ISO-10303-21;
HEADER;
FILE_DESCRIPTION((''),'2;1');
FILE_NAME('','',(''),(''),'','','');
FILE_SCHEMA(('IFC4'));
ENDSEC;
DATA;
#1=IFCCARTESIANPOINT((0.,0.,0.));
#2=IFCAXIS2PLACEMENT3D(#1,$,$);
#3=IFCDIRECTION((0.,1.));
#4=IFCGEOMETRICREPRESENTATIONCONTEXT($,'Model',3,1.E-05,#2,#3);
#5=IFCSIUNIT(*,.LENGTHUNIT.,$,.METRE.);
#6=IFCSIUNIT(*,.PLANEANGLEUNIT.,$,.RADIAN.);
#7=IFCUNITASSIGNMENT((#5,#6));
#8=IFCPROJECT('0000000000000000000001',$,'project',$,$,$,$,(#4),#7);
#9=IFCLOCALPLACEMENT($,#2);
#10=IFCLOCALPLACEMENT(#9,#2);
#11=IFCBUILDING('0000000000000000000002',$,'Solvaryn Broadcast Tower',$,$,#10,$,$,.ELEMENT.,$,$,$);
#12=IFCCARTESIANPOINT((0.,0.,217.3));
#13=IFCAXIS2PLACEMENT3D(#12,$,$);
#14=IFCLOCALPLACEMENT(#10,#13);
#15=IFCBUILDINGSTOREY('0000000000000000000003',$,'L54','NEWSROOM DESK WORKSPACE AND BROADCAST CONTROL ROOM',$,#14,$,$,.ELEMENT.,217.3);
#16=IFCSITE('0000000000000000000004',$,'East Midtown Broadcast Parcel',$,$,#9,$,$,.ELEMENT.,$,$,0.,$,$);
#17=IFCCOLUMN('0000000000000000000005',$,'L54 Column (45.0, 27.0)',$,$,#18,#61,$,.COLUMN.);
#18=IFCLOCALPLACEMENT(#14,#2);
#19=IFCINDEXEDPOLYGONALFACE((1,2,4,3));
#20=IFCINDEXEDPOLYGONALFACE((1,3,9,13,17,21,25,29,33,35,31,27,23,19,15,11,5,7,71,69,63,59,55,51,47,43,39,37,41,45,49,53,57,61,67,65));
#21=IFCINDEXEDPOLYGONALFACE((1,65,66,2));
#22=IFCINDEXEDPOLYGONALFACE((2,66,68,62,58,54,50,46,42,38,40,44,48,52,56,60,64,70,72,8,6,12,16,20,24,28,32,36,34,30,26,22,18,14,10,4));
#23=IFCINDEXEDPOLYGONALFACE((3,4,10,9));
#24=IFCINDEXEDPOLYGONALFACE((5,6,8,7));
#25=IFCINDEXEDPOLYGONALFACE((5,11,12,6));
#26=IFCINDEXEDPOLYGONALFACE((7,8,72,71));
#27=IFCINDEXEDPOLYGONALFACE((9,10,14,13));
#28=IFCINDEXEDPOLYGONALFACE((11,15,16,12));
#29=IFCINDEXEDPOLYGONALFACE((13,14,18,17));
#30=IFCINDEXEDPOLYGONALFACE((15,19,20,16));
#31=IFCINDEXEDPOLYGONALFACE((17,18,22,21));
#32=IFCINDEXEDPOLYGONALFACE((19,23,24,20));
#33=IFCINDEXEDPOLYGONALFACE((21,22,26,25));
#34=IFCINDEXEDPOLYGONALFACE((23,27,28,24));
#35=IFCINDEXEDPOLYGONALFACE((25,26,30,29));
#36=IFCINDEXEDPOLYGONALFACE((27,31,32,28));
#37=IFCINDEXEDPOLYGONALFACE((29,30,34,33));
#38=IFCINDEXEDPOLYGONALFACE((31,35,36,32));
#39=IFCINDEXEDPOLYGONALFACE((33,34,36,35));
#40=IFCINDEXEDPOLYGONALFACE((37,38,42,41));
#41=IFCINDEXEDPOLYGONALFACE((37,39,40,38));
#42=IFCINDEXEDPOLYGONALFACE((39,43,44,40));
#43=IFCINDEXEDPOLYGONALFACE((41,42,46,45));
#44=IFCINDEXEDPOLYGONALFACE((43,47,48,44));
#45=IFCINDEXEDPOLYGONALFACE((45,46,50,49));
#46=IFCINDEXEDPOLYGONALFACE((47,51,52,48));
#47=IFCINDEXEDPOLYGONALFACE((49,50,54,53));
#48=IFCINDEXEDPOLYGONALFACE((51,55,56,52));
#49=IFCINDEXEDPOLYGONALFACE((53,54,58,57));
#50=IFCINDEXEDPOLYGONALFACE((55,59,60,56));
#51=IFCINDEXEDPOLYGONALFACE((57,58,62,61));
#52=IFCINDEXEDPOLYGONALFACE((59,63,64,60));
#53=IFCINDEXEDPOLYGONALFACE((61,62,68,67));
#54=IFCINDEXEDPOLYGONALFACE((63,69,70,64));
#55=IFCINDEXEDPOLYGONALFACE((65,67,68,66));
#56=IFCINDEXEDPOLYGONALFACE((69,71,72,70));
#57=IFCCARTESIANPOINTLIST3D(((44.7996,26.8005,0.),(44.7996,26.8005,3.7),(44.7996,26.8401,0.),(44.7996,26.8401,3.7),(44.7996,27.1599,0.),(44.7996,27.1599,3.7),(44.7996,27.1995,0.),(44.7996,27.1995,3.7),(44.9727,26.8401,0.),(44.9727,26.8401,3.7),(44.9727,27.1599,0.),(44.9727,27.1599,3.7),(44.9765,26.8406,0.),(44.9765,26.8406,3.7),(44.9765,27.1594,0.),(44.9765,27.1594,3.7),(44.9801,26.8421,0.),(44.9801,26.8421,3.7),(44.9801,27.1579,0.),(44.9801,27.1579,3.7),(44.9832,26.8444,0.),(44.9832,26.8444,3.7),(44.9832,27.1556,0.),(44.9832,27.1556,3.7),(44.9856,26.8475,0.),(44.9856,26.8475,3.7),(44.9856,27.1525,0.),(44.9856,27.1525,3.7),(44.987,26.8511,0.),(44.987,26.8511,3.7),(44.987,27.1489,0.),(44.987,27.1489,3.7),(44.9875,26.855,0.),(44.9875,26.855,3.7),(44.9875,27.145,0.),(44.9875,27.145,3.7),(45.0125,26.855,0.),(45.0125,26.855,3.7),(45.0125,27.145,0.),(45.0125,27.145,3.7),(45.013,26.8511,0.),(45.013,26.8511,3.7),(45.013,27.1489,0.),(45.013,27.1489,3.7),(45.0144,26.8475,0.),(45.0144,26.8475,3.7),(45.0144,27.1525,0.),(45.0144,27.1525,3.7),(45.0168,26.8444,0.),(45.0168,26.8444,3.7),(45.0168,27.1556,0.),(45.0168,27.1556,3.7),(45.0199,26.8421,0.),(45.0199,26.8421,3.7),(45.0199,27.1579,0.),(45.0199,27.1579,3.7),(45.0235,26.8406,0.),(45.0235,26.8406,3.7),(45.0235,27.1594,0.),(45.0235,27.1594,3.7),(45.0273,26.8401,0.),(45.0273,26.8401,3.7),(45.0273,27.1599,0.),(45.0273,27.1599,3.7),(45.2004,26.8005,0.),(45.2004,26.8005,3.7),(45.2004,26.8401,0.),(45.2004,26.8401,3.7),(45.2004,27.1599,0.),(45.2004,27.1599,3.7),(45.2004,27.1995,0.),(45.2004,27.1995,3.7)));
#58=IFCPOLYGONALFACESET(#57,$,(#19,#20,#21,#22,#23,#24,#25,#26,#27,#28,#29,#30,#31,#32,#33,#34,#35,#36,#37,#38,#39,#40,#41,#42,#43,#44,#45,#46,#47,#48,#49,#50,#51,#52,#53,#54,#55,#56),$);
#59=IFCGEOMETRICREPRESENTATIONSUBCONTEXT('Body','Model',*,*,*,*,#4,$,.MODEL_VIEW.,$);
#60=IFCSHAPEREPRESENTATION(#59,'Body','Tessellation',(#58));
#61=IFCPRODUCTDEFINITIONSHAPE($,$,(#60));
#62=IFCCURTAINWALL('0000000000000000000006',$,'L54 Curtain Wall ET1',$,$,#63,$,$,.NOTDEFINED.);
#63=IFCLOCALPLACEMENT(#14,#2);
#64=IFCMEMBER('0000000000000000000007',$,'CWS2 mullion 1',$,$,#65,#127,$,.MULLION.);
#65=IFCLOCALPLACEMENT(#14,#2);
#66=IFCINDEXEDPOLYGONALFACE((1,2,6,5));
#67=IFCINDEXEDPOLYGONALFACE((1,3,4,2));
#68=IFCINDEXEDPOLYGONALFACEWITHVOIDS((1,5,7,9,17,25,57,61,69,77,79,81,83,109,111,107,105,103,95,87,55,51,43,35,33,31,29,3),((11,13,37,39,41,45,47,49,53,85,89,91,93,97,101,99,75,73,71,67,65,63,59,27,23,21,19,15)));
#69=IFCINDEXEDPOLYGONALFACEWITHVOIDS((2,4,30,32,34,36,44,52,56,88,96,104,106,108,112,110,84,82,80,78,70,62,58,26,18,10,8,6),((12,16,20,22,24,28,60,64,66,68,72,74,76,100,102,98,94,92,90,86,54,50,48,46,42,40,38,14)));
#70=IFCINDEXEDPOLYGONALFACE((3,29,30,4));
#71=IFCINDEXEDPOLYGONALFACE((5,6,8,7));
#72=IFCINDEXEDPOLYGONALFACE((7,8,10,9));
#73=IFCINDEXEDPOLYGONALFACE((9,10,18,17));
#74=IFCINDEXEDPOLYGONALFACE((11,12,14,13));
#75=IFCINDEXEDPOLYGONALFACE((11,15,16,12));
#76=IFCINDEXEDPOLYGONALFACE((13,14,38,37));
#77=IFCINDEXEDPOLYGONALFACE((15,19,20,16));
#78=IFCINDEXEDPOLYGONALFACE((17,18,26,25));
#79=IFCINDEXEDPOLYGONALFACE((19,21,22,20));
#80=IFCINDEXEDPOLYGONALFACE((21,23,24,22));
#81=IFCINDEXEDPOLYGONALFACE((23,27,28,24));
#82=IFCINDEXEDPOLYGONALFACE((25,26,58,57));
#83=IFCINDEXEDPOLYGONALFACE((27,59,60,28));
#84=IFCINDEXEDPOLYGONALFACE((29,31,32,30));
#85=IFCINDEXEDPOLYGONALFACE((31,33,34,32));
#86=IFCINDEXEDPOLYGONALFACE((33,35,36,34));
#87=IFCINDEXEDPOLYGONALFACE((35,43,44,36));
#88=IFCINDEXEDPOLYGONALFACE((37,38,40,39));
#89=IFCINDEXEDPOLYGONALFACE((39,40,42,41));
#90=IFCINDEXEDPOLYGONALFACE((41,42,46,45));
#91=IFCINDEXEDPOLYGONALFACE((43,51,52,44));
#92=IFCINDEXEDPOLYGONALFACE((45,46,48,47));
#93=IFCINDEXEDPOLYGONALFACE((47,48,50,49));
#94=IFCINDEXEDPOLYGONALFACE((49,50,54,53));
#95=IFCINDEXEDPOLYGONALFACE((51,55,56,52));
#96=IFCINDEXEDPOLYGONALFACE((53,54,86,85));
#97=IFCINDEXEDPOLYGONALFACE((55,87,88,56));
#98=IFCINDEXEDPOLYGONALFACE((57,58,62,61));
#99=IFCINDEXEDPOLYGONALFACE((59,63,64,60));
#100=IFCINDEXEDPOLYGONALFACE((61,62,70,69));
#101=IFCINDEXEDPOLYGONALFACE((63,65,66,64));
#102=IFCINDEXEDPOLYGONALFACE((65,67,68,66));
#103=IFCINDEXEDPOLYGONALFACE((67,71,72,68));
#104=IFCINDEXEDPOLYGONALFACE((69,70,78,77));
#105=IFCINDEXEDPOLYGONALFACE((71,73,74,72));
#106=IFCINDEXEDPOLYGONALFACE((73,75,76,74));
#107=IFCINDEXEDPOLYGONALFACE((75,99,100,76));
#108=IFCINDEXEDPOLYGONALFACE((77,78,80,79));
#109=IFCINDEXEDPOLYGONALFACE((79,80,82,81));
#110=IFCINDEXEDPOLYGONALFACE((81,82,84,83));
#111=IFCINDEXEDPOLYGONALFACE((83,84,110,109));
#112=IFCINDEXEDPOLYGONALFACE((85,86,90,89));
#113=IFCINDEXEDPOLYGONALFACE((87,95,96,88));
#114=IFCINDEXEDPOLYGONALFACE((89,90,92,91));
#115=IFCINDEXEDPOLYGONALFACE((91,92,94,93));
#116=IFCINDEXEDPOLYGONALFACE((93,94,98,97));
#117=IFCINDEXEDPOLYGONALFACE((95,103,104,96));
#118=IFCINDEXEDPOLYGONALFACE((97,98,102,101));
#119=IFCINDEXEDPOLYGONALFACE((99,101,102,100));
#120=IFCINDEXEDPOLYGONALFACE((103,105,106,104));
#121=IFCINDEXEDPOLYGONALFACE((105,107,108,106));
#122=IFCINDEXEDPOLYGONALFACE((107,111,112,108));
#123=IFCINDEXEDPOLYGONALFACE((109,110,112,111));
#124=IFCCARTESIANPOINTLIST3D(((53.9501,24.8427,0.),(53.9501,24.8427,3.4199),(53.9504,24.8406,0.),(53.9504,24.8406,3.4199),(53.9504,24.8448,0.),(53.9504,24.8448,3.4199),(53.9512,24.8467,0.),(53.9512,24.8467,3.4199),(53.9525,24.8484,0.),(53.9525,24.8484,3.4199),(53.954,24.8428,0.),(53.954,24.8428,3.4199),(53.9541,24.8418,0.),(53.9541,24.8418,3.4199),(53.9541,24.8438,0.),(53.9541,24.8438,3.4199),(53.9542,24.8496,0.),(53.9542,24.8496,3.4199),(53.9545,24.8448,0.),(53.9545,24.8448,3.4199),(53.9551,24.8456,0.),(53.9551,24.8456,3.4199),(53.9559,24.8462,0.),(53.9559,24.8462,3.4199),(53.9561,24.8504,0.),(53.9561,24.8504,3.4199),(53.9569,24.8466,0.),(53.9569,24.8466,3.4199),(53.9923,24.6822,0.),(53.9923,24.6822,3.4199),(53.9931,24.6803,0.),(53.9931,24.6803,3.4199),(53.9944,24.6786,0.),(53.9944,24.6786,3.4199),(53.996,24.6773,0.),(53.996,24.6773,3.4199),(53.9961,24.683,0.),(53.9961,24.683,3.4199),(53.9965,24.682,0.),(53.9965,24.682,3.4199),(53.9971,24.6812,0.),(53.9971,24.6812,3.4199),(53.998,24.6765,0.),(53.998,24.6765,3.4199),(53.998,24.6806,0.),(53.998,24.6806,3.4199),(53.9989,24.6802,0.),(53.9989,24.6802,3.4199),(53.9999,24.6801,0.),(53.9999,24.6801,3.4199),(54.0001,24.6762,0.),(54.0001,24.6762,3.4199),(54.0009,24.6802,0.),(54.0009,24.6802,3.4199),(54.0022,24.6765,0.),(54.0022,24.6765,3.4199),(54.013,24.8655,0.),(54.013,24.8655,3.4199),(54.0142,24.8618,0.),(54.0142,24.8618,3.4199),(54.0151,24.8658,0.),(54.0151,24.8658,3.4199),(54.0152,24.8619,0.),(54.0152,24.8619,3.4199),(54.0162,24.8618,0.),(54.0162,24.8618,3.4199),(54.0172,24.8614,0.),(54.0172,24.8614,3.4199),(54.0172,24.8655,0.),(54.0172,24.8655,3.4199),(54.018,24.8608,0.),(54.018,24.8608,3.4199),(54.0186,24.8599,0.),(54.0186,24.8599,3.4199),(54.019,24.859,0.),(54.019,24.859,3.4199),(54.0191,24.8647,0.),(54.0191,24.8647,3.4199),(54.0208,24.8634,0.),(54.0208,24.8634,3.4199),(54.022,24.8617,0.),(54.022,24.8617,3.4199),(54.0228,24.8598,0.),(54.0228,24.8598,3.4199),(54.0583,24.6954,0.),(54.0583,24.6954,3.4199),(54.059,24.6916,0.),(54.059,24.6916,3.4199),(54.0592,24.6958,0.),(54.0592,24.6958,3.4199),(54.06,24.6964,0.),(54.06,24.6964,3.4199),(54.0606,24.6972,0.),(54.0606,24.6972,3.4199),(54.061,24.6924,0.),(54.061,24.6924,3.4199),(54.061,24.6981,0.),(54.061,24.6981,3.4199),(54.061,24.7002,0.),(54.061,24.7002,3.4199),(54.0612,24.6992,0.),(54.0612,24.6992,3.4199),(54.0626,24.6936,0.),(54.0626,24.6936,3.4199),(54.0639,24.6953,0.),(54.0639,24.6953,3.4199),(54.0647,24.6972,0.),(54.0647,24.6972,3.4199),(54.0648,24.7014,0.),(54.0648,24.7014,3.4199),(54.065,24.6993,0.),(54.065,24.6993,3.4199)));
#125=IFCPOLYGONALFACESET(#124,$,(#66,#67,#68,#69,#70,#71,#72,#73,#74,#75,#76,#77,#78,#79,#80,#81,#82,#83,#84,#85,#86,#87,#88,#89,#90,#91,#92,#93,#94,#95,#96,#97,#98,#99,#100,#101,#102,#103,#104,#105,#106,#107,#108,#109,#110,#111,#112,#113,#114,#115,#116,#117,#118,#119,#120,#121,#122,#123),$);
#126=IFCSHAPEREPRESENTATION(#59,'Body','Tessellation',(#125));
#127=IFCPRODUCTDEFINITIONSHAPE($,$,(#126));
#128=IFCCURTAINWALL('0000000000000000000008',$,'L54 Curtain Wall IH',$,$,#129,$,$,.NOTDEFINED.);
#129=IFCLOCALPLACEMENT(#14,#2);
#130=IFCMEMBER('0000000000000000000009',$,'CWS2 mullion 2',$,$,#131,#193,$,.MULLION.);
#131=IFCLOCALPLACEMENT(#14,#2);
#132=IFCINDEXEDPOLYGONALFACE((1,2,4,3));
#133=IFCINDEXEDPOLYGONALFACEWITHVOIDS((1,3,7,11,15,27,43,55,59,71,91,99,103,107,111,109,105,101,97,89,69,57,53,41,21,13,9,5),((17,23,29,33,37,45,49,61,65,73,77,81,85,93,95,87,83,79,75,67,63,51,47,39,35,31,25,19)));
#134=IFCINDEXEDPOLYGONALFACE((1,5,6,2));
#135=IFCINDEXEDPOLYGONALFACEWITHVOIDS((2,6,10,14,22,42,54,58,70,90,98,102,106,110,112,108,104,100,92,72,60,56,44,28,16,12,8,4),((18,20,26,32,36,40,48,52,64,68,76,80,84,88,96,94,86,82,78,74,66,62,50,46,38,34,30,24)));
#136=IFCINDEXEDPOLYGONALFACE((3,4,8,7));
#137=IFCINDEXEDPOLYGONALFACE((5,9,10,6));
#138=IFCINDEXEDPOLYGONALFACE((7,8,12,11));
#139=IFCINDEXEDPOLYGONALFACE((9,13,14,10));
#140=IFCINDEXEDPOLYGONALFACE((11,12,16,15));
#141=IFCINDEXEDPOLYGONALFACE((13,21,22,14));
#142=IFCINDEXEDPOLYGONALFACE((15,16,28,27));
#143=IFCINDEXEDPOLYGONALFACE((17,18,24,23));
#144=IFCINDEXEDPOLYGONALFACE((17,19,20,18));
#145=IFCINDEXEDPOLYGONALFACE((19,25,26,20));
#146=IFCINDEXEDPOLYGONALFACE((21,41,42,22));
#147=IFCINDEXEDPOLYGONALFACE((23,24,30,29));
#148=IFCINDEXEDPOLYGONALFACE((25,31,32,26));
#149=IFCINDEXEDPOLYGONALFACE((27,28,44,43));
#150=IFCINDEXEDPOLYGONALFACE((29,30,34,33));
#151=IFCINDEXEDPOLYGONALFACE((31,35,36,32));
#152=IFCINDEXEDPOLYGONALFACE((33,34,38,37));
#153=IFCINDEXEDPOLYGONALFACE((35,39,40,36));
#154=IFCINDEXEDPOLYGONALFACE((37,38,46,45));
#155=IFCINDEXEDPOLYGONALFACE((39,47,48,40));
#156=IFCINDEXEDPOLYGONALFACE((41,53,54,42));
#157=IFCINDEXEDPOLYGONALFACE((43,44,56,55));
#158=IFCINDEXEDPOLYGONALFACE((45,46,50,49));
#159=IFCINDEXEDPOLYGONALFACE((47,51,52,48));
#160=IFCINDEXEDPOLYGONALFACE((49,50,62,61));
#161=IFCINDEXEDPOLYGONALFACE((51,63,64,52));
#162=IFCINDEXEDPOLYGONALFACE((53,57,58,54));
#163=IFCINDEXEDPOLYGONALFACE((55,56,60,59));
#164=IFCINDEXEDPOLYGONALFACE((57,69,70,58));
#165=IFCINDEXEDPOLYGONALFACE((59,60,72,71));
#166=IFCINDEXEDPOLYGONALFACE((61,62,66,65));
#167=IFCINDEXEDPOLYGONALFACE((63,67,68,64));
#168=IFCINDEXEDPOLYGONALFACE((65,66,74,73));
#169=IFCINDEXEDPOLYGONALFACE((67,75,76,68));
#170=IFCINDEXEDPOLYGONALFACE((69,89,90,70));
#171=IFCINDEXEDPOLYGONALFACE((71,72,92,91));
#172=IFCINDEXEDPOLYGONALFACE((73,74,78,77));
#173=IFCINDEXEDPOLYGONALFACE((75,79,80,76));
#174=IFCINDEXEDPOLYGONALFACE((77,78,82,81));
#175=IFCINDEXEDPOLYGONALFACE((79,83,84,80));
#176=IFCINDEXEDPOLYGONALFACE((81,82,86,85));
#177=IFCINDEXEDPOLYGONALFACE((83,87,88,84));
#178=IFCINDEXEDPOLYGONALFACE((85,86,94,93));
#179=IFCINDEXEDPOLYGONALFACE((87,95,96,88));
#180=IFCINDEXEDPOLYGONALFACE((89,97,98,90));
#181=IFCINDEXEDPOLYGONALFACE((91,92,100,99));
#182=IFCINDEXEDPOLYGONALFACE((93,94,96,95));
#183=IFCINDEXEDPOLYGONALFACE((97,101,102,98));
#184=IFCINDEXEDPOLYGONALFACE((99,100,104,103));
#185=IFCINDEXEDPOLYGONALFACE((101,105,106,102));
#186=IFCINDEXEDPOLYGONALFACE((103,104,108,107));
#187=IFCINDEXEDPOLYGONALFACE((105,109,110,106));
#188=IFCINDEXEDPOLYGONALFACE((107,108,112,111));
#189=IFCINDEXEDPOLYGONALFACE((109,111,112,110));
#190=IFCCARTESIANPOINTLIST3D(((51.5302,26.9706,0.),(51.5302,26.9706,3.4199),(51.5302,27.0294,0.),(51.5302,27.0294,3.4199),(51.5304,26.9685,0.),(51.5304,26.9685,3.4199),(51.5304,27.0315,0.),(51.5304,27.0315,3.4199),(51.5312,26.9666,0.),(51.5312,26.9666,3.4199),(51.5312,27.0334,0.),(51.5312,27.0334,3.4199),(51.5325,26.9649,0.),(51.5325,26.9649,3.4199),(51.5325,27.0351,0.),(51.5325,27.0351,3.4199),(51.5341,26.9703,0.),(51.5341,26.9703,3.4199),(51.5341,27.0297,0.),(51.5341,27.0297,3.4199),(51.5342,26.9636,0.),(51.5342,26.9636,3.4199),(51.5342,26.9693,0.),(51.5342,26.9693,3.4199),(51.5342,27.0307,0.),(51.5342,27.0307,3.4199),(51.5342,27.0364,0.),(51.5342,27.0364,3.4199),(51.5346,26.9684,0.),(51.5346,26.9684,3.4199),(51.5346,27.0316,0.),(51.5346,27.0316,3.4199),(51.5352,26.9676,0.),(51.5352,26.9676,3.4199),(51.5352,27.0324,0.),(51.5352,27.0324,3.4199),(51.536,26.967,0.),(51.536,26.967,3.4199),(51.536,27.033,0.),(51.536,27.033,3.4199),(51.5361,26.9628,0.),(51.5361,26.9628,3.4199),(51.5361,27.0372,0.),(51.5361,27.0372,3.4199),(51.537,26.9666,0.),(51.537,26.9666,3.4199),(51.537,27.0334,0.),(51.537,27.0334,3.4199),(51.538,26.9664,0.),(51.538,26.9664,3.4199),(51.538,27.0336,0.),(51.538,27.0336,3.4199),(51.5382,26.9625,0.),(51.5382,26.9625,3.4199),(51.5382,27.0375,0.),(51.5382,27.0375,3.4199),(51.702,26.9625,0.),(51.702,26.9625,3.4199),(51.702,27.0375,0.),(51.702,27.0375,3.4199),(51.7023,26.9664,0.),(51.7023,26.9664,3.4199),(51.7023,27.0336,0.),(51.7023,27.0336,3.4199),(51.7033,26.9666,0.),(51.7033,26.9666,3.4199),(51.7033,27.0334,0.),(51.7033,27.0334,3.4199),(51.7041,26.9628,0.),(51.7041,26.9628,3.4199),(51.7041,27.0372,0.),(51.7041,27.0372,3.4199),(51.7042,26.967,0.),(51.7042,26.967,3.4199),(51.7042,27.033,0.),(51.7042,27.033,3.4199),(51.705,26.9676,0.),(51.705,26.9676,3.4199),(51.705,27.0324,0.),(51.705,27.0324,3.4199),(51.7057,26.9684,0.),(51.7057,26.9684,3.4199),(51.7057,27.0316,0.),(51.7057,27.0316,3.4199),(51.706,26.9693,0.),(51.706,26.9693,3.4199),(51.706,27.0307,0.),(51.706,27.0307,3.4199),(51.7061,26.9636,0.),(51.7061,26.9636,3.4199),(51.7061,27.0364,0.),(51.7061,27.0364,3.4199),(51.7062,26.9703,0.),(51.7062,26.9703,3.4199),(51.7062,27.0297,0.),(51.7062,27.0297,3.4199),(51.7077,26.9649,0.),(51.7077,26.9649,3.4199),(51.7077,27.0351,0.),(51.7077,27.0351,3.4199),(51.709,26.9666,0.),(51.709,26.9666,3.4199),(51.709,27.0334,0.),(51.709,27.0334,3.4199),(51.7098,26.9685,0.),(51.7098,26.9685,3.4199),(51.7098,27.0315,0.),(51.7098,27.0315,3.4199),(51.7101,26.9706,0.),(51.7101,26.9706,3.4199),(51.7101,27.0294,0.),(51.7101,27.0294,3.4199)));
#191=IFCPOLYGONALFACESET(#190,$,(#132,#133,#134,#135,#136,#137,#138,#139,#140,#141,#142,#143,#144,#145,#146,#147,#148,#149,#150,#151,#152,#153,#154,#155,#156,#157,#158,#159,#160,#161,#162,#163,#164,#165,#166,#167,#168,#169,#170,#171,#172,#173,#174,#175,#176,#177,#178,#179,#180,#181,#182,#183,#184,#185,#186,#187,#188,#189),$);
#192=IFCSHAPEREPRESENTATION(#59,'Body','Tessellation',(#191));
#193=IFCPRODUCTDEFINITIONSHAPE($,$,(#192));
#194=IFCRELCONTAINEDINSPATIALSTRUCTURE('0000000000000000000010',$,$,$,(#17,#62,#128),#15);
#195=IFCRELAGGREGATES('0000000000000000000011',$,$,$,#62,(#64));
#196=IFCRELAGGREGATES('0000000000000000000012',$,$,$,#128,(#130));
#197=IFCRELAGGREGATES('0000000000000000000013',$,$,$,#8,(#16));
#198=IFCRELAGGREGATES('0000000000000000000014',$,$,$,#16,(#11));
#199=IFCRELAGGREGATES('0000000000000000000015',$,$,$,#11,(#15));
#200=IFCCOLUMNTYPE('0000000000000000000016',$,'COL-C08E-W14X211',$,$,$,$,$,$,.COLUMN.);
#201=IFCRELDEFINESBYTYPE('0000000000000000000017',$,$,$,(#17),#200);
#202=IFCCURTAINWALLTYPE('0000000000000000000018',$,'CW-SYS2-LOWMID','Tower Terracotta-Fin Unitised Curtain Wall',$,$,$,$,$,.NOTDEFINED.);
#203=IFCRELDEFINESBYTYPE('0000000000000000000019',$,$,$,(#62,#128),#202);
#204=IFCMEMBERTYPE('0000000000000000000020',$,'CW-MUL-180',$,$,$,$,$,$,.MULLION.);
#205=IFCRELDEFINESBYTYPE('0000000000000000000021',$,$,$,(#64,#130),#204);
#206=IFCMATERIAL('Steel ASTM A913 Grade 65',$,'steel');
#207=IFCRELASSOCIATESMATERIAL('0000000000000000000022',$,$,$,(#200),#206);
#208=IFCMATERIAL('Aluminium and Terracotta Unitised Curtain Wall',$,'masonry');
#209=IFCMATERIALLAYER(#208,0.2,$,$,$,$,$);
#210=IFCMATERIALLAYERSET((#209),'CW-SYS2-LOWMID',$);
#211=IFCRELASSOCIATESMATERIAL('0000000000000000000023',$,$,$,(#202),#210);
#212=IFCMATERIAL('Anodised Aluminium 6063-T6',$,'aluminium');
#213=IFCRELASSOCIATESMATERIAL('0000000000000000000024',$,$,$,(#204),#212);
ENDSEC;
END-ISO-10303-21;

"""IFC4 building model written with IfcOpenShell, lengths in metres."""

from ifc_helpers import new_model, si_unit, direction, frame, origin, origin_2d, place, context, subcontext, project, spatial, hollow_rectangle, i_section, extrude, material, layer, layer_set, material_profile, profile_set, type_object, element, aggregate, save


model = new_model("IFC4")

# Units and contexts
model_context = context("Model", 3, precision=1e-05, world=origin(), true_north=direction((0.0, 1.0)))
body_context = subcontext(model_context, "Body", "Model", "MODEL_VIEW")
ifc_project = project(units=[si_unit("LENGTHUNIT", "METRE"), si_unit("PLANEANGLEUNIT", "RADIAN")], contexts=[model_context])

# Site, building, storey
site_placement = place(None, origin())
site = spatial("IfcSite", under=ifc_project, at=site_placement, Name="East Midtown Broadcast Parcel", CompositionType="ELEMENT", RefElevation=0.0)
building_placement = place(site_placement, origin())
building = spatial("IfcBuilding", under=site, at=building_placement, Name="Solvaryn Broadcast Tower", CompositionType="ELEMENT")
storey_placement = place(building_placement, frame((0.0, 0.0, 217.3)))
storey = spatial("IfcBuildingStorey", under=building, at=storey_placement, Name="L54", Description="NEWSROOM DESK WORKSPACE AND BROADCAST CONTROL ROOM", CompositionType="ELEMENT", Elevation=217.3)

# Column
ifc_material_1 = material(Name="Steel ASTM A913 Grade 65", Category="steel")
ifc_material_profile_1 = material_profile(ifc_material_1, i_section(OverallWidth=0.4009, OverallDepth=0.3989, WebThickness=0.0249, FlangeThickness=0.0396, FilletRadius=0.0149, at=origin_2d()))
ifc_profile_set_1 = profile_set([ifc_material_profile_1], Name="Steel ASTM A913 Grade 65")
column_type = type_object("IfcColumnType", Name="COL-C08E-W14X211", PredefinedType="COLUMN", material=ifc_profile_set_1)
column_placement = place(storey_placement, frame((45.0, 27.0, 0.0), z_axis=(0.0, 0.0, 1.0), x_axis=(1.0, 0.0, 0.0)))
element("IfcColumn", 1, at=column_placement, inside=storey, type_object=column_type, Name="L54 Column (45.0, 27.0)", PredefinedType="COLUMN", context=body_context, shape_type="SweptSolid", body=[
    extrude(i_section(OverallWidth=0.4009, OverallDepth=0.3989, WebThickness=0.0249, FlangeThickness=0.0396, FilletRadius=0.0149, at=origin_2d()), origin(), (0.0, 0.0, 1.0), 3.7),
])

# Curtain walls, members
ifc_material_2 = material(Name="Aluminium and Terracotta Unitised Curtain Wall", Category="masonry")
ifc_layer_1 = layer(ifc_material_2, 0.2)
ifc_layer_set_1 = layer_set([ifc_layer_1], Name="CW-SYS2-LOWMID")
curtain_wall_type = type_object("IfcCurtainWallType", Name="CW-SYS2-LOWMID", Description="Tower Terracotta-Fin Unitised Curtain Wall", PredefinedType="NOTDEFINED", material=ifc_layer_set_1)
curtain_wall_1_placement = place(storey_placement, origin())
curtain_wall_1 = element("IfcCurtainWall", 2, at=curtain_wall_1_placement, inside=storey, type_object=curtain_wall_type, Name="L54 Curtain Wall ET1", PredefinedType="NOTDEFINED")
ifc_material_3 = material(Name="Anodised Aluminium 6063-T6", Category="aluminium")
ifc_material_profile_2 = material_profile(ifc_material_3, hollow_rectangle(XDim=0.075, YDim=0.1799, WallThickness=0.0039, InnerFilletRadius=0.0039, OuterFilletRadius=0.0081, at=origin_2d()))
ifc_profile_set_2 = profile_set([ifc_material_profile_2], Name="Anodised Aluminium 6063-T6")
member_type_1 = type_object("IfcMemberType", Name="CW-MUL-180", PredefinedType="MULLION", material=ifc_profile_set_2)
member_1_placement = place(storey_placement, frame((54.0076, 24.771, 0.0), z_axis=(0.0, 0.0, 1.0), x_axis=(0.966705, 0.255893, 0.0)))
member_1 = element("IfcMember", 3, at=member_1_placement, type_object=member_type_1, Name="CWS2 mullion 1", PredefinedType="MULLION", context=body_context, shape_type="SweptSolid", body=[
    extrude(hollow_rectangle(XDim=0.075, YDim=0.1799, WallThickness=0.0039, InnerFilletRadius=0.0039, OuterFilletRadius=0.0081, at=origin_2d()), origin(), (0.0, 0.0, 1.0), 3.4199),
])
curtain_wall_2_placement = place(storey_placement, origin())
curtain_wall_2 = element("IfcCurtainWall", 4, at=curtain_wall_2_placement, inside=storey, type_object=curtain_wall_type, Name="L54 Curtain Wall IH", PredefinedType="NOTDEFINED")
member_2_placement = place(storey_placement, frame((51.6201, 27.0, 0.0), z_axis=(0.0, 0.0, 1.0), x_axis=(0.0, 1.0, 0.0)))
member_2 = element("IfcMember", 5, at=member_2_placement, type_object=member_type_1, Name="CWS2 mullion 2", PredefinedType="MULLION", context=body_context, shape_type="SweptSolid", body=[
    extrude(hollow_rectangle(XDim=0.075, YDim=0.1799, WallThickness=0.0039, InnerFilletRadius=0.0039, OuterFilletRadius=0.0081, at=origin_2d()), origin(), (0.0, 0.0, 1.0), 3.4199),
])

aggregate(curtain_wall_1, [member_1])
aggregate(curtain_wall_2, [member_2])

save(model, "model.ifc")
